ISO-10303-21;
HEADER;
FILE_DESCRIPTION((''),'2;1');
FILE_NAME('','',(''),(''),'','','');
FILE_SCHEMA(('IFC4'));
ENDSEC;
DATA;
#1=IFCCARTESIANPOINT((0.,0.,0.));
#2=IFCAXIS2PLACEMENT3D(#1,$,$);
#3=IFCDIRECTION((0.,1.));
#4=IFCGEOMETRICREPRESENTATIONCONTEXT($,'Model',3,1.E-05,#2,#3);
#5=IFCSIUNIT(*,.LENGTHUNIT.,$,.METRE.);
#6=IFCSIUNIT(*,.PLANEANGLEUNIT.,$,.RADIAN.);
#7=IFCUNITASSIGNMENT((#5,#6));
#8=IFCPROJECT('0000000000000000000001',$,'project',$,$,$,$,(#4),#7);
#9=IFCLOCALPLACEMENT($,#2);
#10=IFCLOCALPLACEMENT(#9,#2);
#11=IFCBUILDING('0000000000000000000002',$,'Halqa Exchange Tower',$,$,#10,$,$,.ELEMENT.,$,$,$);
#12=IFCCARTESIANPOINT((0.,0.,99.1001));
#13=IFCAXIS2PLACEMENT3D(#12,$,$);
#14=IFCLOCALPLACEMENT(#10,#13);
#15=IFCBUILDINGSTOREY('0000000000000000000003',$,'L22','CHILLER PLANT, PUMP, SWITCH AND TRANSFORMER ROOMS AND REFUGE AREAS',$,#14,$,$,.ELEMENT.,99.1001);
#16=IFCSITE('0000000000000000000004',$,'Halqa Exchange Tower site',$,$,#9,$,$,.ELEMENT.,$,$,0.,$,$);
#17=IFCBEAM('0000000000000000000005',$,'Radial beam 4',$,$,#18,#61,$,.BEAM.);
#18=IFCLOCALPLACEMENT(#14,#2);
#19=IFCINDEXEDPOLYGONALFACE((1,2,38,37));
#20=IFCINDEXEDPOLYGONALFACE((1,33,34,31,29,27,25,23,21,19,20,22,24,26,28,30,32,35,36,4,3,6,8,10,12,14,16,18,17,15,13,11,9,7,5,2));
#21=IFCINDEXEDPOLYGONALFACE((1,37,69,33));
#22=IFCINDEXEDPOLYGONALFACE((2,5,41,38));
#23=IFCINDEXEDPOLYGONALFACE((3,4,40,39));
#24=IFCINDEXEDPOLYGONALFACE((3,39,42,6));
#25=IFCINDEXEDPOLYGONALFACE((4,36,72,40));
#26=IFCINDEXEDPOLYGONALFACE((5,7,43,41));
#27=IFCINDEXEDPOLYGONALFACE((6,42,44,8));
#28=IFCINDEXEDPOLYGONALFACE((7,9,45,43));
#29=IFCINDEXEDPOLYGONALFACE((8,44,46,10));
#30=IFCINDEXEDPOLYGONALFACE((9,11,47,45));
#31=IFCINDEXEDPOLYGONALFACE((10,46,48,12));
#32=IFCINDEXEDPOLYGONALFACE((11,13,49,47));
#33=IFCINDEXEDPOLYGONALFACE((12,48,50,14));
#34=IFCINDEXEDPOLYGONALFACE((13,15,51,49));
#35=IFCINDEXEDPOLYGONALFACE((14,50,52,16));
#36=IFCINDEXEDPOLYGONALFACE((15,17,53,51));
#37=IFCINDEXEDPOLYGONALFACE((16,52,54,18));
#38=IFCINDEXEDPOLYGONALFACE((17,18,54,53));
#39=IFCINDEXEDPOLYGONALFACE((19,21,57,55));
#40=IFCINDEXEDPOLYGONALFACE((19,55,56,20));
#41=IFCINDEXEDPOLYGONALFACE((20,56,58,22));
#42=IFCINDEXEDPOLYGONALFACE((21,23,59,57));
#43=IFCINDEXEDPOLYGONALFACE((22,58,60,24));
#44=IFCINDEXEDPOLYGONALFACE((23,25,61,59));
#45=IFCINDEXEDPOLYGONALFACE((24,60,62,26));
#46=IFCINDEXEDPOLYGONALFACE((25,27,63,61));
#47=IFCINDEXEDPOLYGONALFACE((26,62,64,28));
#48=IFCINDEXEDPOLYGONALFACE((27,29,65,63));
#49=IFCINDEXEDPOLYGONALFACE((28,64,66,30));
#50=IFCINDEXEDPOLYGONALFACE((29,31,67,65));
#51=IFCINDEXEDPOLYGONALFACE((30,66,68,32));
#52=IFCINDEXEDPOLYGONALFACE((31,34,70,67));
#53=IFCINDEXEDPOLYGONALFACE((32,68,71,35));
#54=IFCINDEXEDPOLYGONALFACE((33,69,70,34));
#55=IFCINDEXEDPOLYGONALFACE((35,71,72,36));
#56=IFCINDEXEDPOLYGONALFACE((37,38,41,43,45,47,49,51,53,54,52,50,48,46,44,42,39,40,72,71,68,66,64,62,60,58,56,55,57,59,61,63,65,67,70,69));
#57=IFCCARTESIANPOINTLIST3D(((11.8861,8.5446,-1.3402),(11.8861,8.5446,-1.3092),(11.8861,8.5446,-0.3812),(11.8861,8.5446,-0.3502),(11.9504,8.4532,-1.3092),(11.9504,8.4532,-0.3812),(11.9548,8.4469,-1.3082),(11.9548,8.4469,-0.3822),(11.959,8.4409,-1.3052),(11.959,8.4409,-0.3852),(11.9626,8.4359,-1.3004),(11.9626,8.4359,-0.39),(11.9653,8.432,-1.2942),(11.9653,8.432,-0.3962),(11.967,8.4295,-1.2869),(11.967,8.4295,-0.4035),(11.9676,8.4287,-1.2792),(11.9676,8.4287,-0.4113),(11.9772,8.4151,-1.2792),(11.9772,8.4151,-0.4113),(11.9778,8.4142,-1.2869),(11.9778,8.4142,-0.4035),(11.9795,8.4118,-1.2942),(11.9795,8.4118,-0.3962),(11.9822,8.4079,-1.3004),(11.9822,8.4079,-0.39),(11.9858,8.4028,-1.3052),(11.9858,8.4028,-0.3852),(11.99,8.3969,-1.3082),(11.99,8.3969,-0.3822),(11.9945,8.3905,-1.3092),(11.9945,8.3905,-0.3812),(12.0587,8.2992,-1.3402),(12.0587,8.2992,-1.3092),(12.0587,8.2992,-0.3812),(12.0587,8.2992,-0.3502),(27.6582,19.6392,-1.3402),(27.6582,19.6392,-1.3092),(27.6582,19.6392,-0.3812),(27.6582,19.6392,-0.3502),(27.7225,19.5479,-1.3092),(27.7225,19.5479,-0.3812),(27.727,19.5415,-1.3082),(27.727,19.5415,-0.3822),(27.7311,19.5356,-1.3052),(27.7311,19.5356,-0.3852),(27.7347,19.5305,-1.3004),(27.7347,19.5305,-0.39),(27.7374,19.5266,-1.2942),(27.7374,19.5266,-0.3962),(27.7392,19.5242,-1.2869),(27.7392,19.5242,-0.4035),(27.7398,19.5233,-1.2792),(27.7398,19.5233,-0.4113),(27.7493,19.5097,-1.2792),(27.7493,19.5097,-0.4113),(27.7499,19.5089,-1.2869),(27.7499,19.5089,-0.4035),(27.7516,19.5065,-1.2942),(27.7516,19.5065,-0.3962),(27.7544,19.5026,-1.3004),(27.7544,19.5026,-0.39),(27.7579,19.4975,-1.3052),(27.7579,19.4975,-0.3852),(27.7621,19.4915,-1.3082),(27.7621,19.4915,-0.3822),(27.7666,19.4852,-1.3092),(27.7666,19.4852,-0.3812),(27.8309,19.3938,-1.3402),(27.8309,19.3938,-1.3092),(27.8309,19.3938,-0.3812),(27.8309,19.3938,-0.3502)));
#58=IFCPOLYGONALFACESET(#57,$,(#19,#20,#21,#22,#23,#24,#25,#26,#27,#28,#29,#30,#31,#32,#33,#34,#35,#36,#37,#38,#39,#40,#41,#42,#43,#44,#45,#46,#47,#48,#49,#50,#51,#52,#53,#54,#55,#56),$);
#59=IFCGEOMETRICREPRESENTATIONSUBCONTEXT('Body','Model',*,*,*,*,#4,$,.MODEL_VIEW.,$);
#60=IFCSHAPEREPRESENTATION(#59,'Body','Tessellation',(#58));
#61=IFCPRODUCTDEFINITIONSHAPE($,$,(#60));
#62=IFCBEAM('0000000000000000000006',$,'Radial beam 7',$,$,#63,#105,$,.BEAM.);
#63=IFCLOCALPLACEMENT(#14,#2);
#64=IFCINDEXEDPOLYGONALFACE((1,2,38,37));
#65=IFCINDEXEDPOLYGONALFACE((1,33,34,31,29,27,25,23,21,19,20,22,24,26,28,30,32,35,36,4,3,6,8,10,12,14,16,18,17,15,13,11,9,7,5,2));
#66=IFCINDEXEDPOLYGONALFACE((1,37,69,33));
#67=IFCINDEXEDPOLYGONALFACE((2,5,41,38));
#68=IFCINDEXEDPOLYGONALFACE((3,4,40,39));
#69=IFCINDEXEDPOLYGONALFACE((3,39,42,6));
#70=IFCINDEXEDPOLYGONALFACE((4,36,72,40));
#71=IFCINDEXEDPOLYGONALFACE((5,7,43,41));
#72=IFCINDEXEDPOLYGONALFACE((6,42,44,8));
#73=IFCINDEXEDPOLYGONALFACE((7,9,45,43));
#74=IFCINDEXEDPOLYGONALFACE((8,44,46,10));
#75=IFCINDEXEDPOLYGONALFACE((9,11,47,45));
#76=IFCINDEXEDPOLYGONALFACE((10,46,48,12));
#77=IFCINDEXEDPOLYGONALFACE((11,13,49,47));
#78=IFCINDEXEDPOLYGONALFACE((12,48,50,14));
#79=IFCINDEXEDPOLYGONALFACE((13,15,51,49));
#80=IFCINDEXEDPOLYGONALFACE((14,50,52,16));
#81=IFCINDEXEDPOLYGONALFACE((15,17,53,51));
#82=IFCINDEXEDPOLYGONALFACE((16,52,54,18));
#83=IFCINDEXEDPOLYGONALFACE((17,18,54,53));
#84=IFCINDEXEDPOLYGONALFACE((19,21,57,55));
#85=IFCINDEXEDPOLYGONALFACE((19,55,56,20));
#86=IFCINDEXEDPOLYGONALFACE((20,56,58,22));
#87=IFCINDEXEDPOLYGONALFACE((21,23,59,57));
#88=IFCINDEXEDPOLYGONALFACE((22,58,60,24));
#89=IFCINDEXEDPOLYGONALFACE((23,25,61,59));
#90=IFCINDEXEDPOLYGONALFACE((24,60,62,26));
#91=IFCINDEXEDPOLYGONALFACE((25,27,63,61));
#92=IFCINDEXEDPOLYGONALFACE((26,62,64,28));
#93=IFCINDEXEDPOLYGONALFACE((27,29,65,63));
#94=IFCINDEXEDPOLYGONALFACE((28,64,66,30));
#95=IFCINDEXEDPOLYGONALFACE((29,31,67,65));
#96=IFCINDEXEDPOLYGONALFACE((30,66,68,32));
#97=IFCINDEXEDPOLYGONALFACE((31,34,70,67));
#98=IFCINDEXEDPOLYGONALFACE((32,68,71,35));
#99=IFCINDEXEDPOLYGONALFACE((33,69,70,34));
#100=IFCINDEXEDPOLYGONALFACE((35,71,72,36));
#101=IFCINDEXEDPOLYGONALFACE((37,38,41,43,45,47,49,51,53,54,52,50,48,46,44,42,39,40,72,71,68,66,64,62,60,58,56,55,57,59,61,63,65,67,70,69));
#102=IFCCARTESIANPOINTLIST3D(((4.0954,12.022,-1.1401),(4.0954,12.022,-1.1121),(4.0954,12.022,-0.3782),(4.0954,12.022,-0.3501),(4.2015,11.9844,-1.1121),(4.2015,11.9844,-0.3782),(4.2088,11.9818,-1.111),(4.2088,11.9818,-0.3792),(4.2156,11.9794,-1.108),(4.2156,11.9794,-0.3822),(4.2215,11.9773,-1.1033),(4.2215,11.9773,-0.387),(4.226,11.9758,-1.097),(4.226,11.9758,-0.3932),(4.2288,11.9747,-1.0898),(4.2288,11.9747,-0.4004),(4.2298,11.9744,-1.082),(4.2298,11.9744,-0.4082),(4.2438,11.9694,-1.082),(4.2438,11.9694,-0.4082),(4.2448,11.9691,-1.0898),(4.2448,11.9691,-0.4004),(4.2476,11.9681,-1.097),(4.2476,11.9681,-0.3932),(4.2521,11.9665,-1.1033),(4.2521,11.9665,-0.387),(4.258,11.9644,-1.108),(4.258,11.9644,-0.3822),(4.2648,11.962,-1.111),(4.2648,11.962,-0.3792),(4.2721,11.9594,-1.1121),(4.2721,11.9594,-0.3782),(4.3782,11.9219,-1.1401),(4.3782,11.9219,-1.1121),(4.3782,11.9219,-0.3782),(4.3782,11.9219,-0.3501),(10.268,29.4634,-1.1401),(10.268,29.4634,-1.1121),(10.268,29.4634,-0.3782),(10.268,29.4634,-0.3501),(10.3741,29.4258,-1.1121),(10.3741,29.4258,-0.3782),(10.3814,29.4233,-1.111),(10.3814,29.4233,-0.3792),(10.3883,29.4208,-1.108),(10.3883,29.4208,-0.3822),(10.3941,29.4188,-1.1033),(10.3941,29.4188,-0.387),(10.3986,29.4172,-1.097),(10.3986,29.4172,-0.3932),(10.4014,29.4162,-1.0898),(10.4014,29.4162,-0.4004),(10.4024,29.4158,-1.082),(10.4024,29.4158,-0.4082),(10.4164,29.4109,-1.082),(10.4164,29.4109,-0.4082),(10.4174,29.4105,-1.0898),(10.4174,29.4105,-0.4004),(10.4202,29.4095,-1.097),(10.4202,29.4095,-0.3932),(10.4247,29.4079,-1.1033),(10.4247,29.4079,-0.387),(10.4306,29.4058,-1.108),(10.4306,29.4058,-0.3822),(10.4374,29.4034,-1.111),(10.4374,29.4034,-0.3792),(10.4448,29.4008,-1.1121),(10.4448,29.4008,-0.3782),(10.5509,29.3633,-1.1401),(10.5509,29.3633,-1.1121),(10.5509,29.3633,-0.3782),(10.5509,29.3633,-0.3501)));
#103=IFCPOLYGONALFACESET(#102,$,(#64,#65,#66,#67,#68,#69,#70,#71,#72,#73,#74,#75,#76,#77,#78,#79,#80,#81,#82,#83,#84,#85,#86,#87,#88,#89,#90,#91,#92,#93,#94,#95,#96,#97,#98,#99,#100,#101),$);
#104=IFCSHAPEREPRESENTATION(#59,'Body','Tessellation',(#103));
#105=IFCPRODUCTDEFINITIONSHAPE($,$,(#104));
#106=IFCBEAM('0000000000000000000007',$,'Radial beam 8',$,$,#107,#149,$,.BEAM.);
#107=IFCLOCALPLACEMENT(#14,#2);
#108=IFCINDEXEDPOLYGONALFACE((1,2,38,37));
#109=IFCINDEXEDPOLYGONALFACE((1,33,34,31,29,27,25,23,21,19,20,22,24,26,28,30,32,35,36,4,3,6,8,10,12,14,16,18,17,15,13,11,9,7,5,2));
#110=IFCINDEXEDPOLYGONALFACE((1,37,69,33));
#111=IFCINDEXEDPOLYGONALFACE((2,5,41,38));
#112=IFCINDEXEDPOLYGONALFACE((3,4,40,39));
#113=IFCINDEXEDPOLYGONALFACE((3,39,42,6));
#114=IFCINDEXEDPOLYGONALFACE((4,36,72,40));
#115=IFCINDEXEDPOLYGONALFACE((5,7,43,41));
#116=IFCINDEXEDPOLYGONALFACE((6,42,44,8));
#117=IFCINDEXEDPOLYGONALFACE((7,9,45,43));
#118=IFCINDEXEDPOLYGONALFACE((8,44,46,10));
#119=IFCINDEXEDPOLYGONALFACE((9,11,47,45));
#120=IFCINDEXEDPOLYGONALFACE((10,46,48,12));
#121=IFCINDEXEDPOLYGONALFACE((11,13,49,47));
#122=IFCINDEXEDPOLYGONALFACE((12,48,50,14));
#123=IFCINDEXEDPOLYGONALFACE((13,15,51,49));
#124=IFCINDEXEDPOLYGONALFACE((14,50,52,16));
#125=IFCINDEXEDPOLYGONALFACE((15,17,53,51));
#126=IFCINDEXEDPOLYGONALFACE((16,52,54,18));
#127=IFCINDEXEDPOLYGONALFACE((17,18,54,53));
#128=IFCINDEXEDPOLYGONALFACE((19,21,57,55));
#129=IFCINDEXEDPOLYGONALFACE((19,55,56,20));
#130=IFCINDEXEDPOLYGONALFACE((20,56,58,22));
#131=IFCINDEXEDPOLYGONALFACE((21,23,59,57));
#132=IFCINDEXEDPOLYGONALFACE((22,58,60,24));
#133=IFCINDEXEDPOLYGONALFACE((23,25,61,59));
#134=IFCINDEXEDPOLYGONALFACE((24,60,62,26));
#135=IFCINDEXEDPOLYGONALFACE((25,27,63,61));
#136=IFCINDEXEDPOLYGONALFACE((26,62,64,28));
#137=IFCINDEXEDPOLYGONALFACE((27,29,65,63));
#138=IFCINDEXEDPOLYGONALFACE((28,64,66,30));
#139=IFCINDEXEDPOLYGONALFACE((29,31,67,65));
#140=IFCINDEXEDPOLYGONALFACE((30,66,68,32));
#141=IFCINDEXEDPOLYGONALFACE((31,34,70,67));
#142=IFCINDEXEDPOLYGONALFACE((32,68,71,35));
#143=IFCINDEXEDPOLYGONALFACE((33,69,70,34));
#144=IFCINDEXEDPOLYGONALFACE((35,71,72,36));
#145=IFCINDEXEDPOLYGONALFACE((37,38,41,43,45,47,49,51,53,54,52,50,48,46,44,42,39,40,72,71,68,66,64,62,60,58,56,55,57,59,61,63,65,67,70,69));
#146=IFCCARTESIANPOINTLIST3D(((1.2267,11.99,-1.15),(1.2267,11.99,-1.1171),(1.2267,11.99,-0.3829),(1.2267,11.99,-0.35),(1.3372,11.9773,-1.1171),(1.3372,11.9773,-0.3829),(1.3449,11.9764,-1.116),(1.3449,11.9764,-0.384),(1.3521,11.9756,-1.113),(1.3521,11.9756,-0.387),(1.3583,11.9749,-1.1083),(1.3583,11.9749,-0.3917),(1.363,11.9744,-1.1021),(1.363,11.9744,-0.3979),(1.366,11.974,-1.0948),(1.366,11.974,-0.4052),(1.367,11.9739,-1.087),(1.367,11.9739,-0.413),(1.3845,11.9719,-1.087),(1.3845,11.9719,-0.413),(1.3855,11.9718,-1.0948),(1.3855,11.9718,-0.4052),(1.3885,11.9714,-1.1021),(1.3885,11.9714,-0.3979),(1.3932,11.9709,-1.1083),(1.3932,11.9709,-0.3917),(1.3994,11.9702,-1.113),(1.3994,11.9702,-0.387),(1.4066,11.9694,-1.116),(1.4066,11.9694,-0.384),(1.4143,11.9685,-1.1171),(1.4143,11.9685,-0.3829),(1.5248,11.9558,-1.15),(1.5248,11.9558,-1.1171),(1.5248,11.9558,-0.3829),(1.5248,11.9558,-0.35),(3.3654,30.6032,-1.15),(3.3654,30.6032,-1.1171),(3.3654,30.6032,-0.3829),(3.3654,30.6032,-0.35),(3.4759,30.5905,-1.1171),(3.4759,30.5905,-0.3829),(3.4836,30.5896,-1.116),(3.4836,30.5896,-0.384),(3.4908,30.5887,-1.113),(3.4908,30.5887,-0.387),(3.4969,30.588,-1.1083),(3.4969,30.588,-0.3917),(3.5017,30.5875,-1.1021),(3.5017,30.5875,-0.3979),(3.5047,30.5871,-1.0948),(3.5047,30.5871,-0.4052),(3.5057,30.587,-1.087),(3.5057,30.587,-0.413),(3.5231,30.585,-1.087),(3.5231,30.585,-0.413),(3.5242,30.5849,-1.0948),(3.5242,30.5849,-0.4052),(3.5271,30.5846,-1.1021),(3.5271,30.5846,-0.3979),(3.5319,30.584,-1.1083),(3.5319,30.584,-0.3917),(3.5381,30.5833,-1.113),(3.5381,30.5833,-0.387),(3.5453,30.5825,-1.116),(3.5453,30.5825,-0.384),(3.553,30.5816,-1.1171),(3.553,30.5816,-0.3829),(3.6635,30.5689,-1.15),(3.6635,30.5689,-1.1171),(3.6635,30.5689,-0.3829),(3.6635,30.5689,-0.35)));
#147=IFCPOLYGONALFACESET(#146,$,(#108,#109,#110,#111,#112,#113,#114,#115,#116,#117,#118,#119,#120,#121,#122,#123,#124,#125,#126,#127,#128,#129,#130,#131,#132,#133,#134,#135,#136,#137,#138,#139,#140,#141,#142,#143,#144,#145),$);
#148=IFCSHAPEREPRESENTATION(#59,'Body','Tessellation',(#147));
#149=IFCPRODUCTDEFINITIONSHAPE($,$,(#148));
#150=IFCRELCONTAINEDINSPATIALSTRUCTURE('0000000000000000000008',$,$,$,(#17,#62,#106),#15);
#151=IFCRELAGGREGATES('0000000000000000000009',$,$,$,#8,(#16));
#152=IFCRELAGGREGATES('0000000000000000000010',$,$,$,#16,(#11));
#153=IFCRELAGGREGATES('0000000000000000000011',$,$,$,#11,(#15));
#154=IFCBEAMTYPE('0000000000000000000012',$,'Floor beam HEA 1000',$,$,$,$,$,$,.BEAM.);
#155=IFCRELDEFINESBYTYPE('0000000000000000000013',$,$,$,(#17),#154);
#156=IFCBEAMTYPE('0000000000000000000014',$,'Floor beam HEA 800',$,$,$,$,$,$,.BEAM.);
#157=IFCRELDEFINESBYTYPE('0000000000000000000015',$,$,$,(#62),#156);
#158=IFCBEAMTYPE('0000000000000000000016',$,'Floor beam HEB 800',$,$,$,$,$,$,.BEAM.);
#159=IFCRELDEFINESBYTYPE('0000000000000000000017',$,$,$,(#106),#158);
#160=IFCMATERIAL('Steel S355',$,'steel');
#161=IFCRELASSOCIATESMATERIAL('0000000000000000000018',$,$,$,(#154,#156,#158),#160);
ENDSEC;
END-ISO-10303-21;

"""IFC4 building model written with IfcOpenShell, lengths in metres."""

from ifc_helpers import new_model, si_unit, direction, frame, origin, origin_2d, place, context, subcontext, project, spatial, i_section, extrude, material, material_profile, profile_set, type_object, element, save


model = new_model("IFC4")

# Units and contexts
model_context = context("Model", 3, precision=1e-05, world=origin(), true_north=direction((0.0, 1.0)))
body_context = subcontext(model_context, "Body", "Model", "MODEL_VIEW")
ifc_project = project(units=[si_unit("LENGTHUNIT", "METRE"), si_unit("PLANEANGLEUNIT", "RADIAN")], contexts=[model_context])

# Site, building, storey
site_placement = place(None, origin())
site = spatial("IfcSite", under=ifc_project, at=site_placement, Name="Halqa Exchange Tower site", CompositionType="ELEMENT", RefElevation=0.0)
building_placement = place(site_placement, origin())
building = spatial("IfcBuilding", under=site, at=building_placement, Name="Halqa Exchange Tower", CompositionType="ELEMENT")
storey_placement = place(building_placement, frame((0.0, 0.0, 99.1001)))
storey = spatial("IfcBuildingStorey", under=building, at=storey_placement, Name="L22", Description="CHILLER PLANT, PUMP, SWITCH AND TRANSFORMER ROOMS AND REFUGE AREAS", CompositionType="ELEMENT", Elevation=99.1001)

# Beams
ifc_material_1 = material(Name="Steel S355", Category="steel")
ifc_material_profile_1 = material_profile(ifc_material_1, i_section(OverallWidth=0.3, OverallDepth=0.99, WebThickness=0.0166, FlangeThickness=0.031, FilletRadius=0.03, at=origin_2d()), Name="HEA 1000")
ifc_profile_set_1 = profile_set([ifc_material_profile_1], Name="Steel S355")
beam_type_1 = type_object("IfcBeamType", Name="Floor beam HEA 1000", PredefinedType="BEAM", material=ifc_profile_set_1)
beam_1_placement = place(storey_placement, frame((11.9724, 8.4219, -0.8452), z_axis=(0.81791, 0.575346, 0.0), x_axis=(-0.575346, 0.81791, 0.0)))
element("IfcBeam", 1, at=beam_1_placement, inside=storey, type_object=beam_type_1, Name="Radial beam 4", PredefinedType="BEAM", context=body_context, shape_type="SweptSolid", body=[
    extrude(i_section(OverallWidth=0.3, OverallDepth=0.99, WebThickness=0.0166, FlangeThickness=0.031, FilletRadius=0.03, at=origin_2d()), origin(), (0.0, 0.0, 1.0), 19.2834),
])
ifc_material_profile_2 = material_profile(ifc_material_1, i_section(OverallWidth=0.3, OverallDepth=0.79, WebThickness=0.0149, FlangeThickness=0.0281, FilletRadius=0.03, at=origin_2d()), Name="HEA 800")
ifc_profile_set_2 = profile_set([ifc_material_profile_2], Name="Steel S355")
beam_type_2 = type_object("IfcBeamType", Name="Floor beam HEA 800", PredefinedType="BEAM", material=ifc_profile_set_2)
beam_2_placement = place(storey_placement, frame((4.2368, 11.9719, -0.7451), z_axis=(0.333628, 0.942705, 0.0), x_axis=(-0.942705, 0.333628, 0.0)))
element("IfcBeam", 2, at=beam_2_placement, inside=storey, type_object=beam_type_2, Name="Radial beam 7", PredefinedType="BEAM", context=body_context, shape_type="SweptSolid", body=[
    extrude(i_section(OverallWidth=0.3, OverallDepth=0.79, WebThickness=0.0149, FlangeThickness=0.0281, FilletRadius=0.03, at=origin_2d()), origin(), (0.0, 0.0, 1.0), 18.5015),
])
ifc_material_profile_3 = material_profile(ifc_material_1, i_section(OverallWidth=0.3, OverallDepth=0.8, WebThickness=0.0176, FlangeThickness=0.033, FilletRadius=0.03, at=origin_2d()), Name="HEB 800")
ifc_profile_set_3 = profile_set([ifc_material_profile_3], Name="Steel S355")
beam_type_3 = type_object("IfcBeamType", Name="Floor beam HEB 800", PredefinedType="BEAM", material=ifc_profile_set_3)
beam_3_placement = place(storey_placement, frame((1.3757, 11.9729, -0.75), z_axis=(0.114151, 0.993463, 0.0), x_axis=(-0.993463, 0.114151, 0.0)))
element("IfcBeam", 3, at=beam_3_placement, inside=storey, type_object=beam_type_3, Name="Radial beam 8", PredefinedType="BEAM", context=body_context, shape_type="SweptSolid", body=[
    extrude(i_section(OverallWidth=0.3, OverallDepth=0.8, WebThickness=0.0176, FlangeThickness=0.033, FilletRadius=0.03, at=origin_2d()), origin(), (0.0, 0.0, 1.0), 18.7356),
])

save(model, "model.ifc")
